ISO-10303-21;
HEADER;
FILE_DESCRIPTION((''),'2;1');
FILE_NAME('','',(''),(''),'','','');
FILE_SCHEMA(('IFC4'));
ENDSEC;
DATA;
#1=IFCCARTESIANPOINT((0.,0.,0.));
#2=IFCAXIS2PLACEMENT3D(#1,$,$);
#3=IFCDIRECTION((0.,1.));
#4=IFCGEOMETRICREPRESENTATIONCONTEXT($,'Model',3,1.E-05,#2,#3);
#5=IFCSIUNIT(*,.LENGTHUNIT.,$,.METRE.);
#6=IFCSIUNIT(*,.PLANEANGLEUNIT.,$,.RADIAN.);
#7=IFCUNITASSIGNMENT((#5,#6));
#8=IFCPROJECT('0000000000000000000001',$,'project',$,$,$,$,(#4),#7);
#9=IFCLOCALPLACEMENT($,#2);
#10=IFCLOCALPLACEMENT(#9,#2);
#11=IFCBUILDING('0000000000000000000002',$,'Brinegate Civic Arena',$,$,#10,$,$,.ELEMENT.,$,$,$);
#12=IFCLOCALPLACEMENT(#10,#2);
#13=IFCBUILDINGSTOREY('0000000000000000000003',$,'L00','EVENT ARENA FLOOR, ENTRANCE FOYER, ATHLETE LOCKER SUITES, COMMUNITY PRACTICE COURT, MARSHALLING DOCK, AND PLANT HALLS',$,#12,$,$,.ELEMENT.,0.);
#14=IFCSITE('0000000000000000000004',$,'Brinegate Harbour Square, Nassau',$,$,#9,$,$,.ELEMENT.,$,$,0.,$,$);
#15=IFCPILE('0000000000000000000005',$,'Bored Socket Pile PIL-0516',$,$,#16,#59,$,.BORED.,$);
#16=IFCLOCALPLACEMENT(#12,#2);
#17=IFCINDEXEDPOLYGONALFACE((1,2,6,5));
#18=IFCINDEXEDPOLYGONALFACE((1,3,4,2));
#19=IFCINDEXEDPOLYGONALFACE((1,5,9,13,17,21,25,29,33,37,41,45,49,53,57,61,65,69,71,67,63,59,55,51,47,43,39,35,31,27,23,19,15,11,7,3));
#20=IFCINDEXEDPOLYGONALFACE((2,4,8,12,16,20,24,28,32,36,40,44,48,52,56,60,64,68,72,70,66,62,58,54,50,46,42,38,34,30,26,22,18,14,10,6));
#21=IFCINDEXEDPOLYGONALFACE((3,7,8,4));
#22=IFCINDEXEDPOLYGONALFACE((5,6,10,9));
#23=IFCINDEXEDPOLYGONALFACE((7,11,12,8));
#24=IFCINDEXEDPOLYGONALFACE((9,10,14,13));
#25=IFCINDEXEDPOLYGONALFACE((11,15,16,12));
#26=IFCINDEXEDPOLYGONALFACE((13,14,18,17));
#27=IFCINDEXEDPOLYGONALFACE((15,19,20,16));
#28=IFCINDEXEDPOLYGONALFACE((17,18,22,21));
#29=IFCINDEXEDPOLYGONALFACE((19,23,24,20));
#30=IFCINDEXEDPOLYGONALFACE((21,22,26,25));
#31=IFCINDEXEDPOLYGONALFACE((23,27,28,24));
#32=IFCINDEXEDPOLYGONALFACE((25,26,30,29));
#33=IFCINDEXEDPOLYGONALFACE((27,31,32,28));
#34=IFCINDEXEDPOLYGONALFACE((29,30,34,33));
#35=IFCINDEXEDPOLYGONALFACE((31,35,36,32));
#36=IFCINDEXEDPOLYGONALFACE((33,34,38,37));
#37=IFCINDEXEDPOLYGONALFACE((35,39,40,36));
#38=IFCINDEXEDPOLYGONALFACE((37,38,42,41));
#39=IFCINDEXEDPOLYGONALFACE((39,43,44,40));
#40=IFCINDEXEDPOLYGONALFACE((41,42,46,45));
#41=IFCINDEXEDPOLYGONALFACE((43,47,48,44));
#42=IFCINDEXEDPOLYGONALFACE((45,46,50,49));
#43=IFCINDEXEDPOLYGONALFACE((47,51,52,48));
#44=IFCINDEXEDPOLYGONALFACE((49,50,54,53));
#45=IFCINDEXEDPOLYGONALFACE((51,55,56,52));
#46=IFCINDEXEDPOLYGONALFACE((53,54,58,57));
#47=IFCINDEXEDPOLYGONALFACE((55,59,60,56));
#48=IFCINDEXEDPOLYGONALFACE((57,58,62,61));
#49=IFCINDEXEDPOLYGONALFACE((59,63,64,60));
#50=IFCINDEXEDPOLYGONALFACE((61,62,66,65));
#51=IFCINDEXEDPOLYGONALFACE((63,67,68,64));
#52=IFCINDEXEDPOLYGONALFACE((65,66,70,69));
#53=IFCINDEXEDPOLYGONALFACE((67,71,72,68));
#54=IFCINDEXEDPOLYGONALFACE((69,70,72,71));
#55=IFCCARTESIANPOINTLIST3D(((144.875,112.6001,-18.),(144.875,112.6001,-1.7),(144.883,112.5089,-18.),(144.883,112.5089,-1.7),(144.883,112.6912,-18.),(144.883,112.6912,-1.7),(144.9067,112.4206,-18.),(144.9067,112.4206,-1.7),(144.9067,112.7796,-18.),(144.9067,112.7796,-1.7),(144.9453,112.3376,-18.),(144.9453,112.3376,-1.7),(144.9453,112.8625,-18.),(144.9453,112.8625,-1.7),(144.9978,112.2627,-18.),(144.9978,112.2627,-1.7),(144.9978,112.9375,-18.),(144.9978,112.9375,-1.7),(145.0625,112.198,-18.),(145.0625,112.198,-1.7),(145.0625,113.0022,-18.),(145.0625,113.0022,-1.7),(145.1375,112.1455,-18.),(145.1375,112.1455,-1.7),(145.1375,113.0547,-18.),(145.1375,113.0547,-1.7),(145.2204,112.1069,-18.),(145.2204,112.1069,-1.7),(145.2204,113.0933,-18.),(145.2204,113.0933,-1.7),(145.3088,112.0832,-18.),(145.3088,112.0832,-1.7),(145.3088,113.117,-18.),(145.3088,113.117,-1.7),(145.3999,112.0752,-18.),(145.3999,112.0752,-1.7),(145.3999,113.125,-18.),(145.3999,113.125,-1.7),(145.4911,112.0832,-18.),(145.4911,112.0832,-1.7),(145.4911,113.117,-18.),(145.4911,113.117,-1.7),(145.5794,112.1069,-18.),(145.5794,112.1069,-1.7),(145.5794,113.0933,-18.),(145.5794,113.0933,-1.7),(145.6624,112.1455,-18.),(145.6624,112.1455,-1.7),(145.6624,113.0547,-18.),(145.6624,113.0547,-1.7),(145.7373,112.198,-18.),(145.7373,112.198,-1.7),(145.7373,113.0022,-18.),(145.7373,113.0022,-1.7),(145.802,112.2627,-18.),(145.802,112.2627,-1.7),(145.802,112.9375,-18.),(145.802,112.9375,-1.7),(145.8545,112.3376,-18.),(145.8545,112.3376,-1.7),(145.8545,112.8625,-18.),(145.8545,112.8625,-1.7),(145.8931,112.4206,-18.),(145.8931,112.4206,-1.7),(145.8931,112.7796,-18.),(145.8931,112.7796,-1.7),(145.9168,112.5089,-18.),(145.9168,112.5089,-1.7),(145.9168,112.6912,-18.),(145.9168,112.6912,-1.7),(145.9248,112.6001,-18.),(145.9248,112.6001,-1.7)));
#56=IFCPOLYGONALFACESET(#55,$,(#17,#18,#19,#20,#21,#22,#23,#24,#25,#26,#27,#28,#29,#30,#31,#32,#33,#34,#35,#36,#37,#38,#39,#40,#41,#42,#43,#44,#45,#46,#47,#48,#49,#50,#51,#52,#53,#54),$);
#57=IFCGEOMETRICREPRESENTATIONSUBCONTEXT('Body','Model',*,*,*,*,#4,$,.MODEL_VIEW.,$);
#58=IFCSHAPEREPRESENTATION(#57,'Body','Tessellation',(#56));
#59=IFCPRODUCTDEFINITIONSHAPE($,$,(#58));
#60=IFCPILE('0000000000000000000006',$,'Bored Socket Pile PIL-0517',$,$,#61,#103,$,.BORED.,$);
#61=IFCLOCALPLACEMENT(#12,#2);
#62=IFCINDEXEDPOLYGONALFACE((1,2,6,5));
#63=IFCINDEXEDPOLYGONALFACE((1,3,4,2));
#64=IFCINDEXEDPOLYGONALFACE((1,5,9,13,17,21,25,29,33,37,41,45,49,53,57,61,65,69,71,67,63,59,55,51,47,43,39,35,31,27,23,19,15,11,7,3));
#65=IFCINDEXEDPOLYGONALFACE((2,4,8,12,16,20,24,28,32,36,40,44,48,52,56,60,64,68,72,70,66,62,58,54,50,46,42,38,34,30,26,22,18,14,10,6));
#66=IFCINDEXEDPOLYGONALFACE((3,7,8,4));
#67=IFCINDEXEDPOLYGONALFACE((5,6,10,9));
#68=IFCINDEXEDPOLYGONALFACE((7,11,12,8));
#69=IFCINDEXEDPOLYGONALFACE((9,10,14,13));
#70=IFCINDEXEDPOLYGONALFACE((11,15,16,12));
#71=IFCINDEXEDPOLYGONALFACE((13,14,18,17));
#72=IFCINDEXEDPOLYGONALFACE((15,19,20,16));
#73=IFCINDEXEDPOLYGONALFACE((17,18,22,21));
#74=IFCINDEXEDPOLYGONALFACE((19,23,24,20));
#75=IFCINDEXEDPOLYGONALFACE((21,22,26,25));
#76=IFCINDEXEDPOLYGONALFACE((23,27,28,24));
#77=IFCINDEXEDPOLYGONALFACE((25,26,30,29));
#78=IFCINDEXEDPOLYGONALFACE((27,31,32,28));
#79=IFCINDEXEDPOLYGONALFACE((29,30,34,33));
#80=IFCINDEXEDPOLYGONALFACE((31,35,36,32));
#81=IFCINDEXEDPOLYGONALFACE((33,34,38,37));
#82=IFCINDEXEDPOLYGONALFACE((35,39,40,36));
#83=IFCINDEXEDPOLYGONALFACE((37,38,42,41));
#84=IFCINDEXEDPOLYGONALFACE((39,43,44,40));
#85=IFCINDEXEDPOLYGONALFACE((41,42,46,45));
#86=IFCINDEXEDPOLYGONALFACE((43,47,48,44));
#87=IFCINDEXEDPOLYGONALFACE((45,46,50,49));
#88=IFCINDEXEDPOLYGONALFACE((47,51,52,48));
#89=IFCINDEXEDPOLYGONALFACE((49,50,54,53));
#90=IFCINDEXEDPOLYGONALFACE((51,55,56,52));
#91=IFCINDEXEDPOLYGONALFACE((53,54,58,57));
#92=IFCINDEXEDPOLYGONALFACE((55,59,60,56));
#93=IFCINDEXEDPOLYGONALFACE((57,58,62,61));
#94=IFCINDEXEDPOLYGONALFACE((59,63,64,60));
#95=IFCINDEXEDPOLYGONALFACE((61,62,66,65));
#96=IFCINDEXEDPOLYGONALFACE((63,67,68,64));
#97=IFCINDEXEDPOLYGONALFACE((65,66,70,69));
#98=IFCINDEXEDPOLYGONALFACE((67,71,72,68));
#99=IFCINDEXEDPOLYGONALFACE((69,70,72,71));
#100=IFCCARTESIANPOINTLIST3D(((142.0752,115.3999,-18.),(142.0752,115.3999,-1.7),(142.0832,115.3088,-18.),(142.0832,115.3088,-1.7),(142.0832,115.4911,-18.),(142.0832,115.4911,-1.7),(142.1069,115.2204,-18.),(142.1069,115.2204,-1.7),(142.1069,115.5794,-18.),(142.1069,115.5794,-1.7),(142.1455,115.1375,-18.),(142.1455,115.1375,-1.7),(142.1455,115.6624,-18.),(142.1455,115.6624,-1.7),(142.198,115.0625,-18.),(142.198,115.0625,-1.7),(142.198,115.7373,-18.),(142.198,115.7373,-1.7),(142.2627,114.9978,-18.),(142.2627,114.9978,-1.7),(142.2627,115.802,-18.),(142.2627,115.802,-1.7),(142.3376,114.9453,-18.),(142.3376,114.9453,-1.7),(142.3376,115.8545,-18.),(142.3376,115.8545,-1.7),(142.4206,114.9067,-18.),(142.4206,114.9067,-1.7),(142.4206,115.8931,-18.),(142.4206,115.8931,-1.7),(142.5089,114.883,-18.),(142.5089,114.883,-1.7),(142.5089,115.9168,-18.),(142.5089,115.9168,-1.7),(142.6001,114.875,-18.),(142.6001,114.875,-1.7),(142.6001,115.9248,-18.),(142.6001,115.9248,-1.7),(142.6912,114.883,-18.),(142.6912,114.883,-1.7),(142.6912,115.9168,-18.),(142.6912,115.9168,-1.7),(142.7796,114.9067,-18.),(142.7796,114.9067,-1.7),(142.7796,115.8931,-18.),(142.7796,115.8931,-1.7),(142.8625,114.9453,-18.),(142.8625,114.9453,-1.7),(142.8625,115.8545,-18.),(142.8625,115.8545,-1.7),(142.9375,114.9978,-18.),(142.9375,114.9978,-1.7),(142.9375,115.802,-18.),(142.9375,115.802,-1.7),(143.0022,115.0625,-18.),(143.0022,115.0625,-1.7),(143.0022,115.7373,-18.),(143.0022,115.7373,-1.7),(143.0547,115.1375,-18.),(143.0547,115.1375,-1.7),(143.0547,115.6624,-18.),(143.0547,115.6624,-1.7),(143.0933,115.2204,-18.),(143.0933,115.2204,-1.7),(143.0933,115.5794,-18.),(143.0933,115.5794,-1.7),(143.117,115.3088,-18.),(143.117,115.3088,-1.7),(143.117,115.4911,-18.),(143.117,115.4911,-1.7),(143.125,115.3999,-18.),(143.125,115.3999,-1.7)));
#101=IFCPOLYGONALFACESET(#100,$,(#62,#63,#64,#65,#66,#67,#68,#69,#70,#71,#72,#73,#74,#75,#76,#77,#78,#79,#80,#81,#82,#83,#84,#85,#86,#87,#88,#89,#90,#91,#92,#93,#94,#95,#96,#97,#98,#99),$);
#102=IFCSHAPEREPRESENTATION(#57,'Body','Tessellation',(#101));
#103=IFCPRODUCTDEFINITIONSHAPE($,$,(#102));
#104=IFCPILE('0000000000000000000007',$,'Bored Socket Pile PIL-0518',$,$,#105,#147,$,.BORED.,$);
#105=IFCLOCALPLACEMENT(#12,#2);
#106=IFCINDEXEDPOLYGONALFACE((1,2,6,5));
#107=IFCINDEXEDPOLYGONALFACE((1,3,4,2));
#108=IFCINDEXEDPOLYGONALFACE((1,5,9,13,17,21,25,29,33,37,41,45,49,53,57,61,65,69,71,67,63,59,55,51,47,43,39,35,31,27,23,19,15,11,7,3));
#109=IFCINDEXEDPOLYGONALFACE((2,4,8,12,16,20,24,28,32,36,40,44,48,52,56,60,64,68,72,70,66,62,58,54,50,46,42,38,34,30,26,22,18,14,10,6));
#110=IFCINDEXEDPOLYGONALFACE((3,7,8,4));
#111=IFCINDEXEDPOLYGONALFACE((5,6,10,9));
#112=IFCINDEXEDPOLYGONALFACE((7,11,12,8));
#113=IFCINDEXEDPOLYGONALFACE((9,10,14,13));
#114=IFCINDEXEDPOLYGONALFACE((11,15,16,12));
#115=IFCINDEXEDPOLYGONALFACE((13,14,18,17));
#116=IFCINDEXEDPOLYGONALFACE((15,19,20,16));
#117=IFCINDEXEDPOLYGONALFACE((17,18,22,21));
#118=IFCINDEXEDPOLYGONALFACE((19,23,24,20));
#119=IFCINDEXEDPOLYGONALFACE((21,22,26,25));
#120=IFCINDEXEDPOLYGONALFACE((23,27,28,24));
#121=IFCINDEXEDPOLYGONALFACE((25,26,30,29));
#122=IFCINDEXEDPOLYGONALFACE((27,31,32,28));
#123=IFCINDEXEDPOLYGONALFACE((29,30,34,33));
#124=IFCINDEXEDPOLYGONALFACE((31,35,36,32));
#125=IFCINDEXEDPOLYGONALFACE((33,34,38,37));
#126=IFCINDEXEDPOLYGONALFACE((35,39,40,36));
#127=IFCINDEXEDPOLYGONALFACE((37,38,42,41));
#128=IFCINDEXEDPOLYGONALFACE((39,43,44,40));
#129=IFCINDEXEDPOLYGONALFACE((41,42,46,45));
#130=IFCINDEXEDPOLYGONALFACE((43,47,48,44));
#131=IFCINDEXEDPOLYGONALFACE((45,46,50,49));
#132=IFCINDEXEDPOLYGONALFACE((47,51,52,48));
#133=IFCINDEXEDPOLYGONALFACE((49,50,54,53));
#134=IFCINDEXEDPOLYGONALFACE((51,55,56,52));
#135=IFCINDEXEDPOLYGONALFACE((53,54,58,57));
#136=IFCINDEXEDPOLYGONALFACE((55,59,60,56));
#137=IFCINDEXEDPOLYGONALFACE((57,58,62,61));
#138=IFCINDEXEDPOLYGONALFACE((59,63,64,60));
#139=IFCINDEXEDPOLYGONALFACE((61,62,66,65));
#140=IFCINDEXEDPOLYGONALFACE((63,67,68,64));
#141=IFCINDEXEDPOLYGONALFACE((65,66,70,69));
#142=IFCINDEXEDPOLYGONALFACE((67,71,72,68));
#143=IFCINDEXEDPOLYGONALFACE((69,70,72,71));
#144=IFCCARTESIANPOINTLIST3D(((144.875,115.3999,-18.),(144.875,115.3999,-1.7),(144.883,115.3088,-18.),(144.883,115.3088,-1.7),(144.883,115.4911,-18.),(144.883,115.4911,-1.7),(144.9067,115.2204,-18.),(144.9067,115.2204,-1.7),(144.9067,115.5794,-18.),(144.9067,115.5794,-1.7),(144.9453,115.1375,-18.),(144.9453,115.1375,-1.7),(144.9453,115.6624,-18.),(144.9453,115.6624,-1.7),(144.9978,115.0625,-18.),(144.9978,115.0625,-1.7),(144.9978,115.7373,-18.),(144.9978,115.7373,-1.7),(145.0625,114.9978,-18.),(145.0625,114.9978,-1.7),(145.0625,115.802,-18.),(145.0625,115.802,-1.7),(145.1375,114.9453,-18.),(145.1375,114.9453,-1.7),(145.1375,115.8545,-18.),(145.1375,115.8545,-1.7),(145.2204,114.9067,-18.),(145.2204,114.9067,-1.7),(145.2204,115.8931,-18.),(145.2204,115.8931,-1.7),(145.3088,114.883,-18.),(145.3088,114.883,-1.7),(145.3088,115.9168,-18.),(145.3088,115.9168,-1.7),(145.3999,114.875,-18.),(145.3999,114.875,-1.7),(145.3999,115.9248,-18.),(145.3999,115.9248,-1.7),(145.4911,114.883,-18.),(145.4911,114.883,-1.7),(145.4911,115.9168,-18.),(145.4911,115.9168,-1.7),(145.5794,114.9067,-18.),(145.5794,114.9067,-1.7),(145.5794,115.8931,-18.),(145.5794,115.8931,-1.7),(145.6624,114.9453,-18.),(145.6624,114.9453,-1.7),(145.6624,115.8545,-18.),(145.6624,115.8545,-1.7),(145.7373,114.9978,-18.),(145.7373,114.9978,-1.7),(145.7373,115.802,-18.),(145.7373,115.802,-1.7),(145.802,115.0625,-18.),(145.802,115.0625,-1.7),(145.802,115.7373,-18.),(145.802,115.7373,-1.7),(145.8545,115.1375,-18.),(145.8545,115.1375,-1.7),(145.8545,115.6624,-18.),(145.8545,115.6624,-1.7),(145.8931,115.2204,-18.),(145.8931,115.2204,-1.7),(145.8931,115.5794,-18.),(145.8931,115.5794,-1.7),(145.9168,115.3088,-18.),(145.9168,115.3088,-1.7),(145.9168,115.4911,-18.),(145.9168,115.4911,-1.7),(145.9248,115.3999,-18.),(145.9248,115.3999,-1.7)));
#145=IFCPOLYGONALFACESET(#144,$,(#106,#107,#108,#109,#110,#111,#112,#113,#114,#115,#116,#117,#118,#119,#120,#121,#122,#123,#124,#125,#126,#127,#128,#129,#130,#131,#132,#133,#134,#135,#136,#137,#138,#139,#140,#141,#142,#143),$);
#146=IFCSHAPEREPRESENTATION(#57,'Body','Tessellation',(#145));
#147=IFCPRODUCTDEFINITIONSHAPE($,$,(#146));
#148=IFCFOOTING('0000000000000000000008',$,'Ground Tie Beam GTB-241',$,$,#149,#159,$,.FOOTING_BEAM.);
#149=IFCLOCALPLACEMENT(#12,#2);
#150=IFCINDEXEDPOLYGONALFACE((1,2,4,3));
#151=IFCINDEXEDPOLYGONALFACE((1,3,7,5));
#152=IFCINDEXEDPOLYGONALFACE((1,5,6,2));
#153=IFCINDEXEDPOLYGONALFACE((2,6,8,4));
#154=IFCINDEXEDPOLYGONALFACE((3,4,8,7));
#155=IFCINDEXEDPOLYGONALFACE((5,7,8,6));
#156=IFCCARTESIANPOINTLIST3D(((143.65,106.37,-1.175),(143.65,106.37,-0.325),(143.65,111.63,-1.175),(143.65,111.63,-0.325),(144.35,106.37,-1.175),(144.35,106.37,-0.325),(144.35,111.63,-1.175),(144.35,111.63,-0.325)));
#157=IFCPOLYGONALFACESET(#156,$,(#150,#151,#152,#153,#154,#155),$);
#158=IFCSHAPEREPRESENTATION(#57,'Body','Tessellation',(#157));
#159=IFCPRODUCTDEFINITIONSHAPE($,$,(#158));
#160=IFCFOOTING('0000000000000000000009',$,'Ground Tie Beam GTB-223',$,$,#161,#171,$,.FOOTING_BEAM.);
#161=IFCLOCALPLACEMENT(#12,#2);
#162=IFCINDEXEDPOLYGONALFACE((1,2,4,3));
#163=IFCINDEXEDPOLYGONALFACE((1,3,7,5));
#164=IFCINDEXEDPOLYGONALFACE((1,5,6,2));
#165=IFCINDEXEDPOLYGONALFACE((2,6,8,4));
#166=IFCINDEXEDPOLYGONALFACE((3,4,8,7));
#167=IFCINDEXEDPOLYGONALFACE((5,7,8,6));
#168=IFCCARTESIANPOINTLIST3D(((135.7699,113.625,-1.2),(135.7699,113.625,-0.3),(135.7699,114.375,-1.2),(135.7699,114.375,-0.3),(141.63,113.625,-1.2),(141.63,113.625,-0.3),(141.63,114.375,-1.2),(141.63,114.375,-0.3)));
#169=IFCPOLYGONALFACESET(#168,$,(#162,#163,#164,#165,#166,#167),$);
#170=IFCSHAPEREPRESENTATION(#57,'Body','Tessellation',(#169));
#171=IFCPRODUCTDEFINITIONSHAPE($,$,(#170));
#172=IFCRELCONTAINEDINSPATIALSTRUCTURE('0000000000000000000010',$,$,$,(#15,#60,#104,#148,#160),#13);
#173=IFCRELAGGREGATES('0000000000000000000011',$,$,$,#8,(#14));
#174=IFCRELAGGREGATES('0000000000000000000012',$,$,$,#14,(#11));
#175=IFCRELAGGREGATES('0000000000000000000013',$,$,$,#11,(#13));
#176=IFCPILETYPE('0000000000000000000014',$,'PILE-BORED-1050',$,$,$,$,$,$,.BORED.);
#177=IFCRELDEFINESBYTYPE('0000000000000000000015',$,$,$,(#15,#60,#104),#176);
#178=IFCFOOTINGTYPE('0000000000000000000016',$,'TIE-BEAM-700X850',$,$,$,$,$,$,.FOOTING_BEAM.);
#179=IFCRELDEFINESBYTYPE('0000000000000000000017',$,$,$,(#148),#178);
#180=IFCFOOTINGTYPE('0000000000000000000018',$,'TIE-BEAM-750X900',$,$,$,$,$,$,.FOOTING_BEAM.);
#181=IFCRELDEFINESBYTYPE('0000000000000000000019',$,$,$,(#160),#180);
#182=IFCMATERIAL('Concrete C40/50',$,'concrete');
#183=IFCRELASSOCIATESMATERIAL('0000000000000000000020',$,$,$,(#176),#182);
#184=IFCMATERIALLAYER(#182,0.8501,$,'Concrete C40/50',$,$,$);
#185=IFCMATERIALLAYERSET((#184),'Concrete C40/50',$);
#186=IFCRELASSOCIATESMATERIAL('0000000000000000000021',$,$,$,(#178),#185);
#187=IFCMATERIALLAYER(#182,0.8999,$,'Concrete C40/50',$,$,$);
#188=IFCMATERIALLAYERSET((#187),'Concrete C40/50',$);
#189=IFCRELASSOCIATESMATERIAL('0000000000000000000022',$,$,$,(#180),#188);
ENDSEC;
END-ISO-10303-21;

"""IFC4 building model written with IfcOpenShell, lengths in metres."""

from ifc_helpers import new_model, si_unit, direction, frame, origin, origin_2d, place, context, subcontext, project, spatial, rectangle, circle, extrude, material, layer, layer_set, material_profile, profile_set, type_object, element, save


model = new_model("IFC4")

# Units and contexts
model_context = context("Model", 3, precision=1e-05, world=origin(), true_north=direction((0.0, 1.0)))
body_context = subcontext(model_context, "Body", "Model", "MODEL_VIEW")
ifc_project = project(units=[si_unit("LENGTHUNIT", "METRE"), si_unit("PLANEANGLEUNIT", "RADIAN")], contexts=[model_context])

# Site, building, storey
site_placement = place(None, origin())
site = spatial("IfcSite", under=ifc_project, at=site_placement, Name="Brinegate Harbour Square, Nassau", CompositionType="ELEMENT", RefElevation=0.0)
building_placement = place(site_placement, origin())
building = spatial("IfcBuilding", under=site, at=building_placement, Name="Brinegate Civic Arena", CompositionType="ELEMENT")
storey_placement = place(building_placement, origin())
storey = spatial("IfcBuildingStorey", under=building, at=storey_placement, Name="L00", Description="EVENT ARENA FLOOR, ENTRANCE FOYER, ATHLETE LOCKER SUITES, COMMUNITY PRACTICE COURT, MARSHALLING DOCK, AND PLANT HALLS", CompositionType="ELEMENT", Elevation=0.0)

# Shared definitions
ifc_material_1 = material(Name="Concrete C40/50", Category="concrete")

# Piles
ifc_material_profile_1 = material_profile(ifc_material_1, circle(Radius=0.5249, at=origin_2d()), Name="PILED1050")
ifc_profile_set_1 = profile_set([ifc_material_profile_1], Name="Concrete C40/50")
pile_type = type_object("IfcPileType", Name="PILE-BORED-1050", PredefinedType="BORED", material=ifc_profile_set_1)
for number, where, z_axis, x_axis, name in (
    (1, (145.3999, 112.6001, -1.7), (0.0, 0.0, -1.0), (1.0, 0.0, 0.0), "Bored Socket Pile PIL-0516"),
    (2, (142.6001, 115.3999, -1.7), (0.0, 0.0, -1.0), (1.0, 0.0, 0.0), "Bored Socket Pile PIL-0517"),
    (3, (145.3999, 115.3999, -1.7), (0.0, 0.0, -1.0), (1.0, 0.0, 0.0), "Bored Socket Pile PIL-0518"),
):
    element("IfcPile", number, at=place(storey_placement, frame(where, z_axis=z_axis, x_axis=x_axis)), inside=storey, type_object=pile_type, Name=name, PredefinedType="BORED", context=body_context, shape_type="SweptSolid", body=[
        extrude(circle(Radius=0.5249, at=origin_2d()), origin(), (0.0, 0.0, 1.0), 16.3),
    ])

# Footings
ifc_layer_1 = layer(ifc_material_1, 0.8501, Name="Concrete C40/50")
ifc_layer_set_1 = layer_set([ifc_layer_1], Name="Concrete C40/50")
footing_type_1 = type_object("IfcFootingType", Name="TIE-BEAM-700X850", PredefinedType="FOOTING_BEAM", material=ifc_layer_set_1)
footing_1_placement = place(storey_placement, frame((144.0, 109.0, -1.175), z_axis=(0.0, 0.0, 1.0), x_axis=(0.0, 1.0, 0.0)))
element("IfcFooting", 4, at=footing_1_placement, inside=storey, type_object=footing_type_1, Name="Ground Tie Beam GTB-241", PredefinedType="FOOTING_BEAM", context=body_context, shape_type="SweptSolid", body=[
    extrude(rectangle(XDim=5.26, YDim=0.7, at=origin_2d()), origin(), (0.0, 0.0, 1.0), 0.8501),
])
ifc_layer_2 = layer(ifc_material_1, 0.8999, Name="Concrete C40/50")
ifc_layer_set_2 = layer_set([ifc_layer_2], Name="Concrete C40/50")
footing_type_2 = type_object("IfcFootingType", Name="TIE-BEAM-750X900", PredefinedType="FOOTING_BEAM", material=ifc_layer_set_2)
footing_2_placement = place(storey_placement, frame((138.7, 114.0, -1.2), z_axis=(0.0, 0.0, 1.0), x_axis=(1.0, 0.0, 0.0)))
element("IfcFooting", 5, at=footing_2_placement, inside=storey, type_object=footing_type_2, Name="Ground Tie Beam GTB-223", PredefinedType="FOOTING_BEAM", context=body_context, shape_type="SweptSolid", body=[
    extrude(rectangle(XDim=5.8601, YDim=0.75, at=origin_2d()), origin(), (0.0, 0.0, 1.0), 0.8999),
])

save(model, "model.ifc")
